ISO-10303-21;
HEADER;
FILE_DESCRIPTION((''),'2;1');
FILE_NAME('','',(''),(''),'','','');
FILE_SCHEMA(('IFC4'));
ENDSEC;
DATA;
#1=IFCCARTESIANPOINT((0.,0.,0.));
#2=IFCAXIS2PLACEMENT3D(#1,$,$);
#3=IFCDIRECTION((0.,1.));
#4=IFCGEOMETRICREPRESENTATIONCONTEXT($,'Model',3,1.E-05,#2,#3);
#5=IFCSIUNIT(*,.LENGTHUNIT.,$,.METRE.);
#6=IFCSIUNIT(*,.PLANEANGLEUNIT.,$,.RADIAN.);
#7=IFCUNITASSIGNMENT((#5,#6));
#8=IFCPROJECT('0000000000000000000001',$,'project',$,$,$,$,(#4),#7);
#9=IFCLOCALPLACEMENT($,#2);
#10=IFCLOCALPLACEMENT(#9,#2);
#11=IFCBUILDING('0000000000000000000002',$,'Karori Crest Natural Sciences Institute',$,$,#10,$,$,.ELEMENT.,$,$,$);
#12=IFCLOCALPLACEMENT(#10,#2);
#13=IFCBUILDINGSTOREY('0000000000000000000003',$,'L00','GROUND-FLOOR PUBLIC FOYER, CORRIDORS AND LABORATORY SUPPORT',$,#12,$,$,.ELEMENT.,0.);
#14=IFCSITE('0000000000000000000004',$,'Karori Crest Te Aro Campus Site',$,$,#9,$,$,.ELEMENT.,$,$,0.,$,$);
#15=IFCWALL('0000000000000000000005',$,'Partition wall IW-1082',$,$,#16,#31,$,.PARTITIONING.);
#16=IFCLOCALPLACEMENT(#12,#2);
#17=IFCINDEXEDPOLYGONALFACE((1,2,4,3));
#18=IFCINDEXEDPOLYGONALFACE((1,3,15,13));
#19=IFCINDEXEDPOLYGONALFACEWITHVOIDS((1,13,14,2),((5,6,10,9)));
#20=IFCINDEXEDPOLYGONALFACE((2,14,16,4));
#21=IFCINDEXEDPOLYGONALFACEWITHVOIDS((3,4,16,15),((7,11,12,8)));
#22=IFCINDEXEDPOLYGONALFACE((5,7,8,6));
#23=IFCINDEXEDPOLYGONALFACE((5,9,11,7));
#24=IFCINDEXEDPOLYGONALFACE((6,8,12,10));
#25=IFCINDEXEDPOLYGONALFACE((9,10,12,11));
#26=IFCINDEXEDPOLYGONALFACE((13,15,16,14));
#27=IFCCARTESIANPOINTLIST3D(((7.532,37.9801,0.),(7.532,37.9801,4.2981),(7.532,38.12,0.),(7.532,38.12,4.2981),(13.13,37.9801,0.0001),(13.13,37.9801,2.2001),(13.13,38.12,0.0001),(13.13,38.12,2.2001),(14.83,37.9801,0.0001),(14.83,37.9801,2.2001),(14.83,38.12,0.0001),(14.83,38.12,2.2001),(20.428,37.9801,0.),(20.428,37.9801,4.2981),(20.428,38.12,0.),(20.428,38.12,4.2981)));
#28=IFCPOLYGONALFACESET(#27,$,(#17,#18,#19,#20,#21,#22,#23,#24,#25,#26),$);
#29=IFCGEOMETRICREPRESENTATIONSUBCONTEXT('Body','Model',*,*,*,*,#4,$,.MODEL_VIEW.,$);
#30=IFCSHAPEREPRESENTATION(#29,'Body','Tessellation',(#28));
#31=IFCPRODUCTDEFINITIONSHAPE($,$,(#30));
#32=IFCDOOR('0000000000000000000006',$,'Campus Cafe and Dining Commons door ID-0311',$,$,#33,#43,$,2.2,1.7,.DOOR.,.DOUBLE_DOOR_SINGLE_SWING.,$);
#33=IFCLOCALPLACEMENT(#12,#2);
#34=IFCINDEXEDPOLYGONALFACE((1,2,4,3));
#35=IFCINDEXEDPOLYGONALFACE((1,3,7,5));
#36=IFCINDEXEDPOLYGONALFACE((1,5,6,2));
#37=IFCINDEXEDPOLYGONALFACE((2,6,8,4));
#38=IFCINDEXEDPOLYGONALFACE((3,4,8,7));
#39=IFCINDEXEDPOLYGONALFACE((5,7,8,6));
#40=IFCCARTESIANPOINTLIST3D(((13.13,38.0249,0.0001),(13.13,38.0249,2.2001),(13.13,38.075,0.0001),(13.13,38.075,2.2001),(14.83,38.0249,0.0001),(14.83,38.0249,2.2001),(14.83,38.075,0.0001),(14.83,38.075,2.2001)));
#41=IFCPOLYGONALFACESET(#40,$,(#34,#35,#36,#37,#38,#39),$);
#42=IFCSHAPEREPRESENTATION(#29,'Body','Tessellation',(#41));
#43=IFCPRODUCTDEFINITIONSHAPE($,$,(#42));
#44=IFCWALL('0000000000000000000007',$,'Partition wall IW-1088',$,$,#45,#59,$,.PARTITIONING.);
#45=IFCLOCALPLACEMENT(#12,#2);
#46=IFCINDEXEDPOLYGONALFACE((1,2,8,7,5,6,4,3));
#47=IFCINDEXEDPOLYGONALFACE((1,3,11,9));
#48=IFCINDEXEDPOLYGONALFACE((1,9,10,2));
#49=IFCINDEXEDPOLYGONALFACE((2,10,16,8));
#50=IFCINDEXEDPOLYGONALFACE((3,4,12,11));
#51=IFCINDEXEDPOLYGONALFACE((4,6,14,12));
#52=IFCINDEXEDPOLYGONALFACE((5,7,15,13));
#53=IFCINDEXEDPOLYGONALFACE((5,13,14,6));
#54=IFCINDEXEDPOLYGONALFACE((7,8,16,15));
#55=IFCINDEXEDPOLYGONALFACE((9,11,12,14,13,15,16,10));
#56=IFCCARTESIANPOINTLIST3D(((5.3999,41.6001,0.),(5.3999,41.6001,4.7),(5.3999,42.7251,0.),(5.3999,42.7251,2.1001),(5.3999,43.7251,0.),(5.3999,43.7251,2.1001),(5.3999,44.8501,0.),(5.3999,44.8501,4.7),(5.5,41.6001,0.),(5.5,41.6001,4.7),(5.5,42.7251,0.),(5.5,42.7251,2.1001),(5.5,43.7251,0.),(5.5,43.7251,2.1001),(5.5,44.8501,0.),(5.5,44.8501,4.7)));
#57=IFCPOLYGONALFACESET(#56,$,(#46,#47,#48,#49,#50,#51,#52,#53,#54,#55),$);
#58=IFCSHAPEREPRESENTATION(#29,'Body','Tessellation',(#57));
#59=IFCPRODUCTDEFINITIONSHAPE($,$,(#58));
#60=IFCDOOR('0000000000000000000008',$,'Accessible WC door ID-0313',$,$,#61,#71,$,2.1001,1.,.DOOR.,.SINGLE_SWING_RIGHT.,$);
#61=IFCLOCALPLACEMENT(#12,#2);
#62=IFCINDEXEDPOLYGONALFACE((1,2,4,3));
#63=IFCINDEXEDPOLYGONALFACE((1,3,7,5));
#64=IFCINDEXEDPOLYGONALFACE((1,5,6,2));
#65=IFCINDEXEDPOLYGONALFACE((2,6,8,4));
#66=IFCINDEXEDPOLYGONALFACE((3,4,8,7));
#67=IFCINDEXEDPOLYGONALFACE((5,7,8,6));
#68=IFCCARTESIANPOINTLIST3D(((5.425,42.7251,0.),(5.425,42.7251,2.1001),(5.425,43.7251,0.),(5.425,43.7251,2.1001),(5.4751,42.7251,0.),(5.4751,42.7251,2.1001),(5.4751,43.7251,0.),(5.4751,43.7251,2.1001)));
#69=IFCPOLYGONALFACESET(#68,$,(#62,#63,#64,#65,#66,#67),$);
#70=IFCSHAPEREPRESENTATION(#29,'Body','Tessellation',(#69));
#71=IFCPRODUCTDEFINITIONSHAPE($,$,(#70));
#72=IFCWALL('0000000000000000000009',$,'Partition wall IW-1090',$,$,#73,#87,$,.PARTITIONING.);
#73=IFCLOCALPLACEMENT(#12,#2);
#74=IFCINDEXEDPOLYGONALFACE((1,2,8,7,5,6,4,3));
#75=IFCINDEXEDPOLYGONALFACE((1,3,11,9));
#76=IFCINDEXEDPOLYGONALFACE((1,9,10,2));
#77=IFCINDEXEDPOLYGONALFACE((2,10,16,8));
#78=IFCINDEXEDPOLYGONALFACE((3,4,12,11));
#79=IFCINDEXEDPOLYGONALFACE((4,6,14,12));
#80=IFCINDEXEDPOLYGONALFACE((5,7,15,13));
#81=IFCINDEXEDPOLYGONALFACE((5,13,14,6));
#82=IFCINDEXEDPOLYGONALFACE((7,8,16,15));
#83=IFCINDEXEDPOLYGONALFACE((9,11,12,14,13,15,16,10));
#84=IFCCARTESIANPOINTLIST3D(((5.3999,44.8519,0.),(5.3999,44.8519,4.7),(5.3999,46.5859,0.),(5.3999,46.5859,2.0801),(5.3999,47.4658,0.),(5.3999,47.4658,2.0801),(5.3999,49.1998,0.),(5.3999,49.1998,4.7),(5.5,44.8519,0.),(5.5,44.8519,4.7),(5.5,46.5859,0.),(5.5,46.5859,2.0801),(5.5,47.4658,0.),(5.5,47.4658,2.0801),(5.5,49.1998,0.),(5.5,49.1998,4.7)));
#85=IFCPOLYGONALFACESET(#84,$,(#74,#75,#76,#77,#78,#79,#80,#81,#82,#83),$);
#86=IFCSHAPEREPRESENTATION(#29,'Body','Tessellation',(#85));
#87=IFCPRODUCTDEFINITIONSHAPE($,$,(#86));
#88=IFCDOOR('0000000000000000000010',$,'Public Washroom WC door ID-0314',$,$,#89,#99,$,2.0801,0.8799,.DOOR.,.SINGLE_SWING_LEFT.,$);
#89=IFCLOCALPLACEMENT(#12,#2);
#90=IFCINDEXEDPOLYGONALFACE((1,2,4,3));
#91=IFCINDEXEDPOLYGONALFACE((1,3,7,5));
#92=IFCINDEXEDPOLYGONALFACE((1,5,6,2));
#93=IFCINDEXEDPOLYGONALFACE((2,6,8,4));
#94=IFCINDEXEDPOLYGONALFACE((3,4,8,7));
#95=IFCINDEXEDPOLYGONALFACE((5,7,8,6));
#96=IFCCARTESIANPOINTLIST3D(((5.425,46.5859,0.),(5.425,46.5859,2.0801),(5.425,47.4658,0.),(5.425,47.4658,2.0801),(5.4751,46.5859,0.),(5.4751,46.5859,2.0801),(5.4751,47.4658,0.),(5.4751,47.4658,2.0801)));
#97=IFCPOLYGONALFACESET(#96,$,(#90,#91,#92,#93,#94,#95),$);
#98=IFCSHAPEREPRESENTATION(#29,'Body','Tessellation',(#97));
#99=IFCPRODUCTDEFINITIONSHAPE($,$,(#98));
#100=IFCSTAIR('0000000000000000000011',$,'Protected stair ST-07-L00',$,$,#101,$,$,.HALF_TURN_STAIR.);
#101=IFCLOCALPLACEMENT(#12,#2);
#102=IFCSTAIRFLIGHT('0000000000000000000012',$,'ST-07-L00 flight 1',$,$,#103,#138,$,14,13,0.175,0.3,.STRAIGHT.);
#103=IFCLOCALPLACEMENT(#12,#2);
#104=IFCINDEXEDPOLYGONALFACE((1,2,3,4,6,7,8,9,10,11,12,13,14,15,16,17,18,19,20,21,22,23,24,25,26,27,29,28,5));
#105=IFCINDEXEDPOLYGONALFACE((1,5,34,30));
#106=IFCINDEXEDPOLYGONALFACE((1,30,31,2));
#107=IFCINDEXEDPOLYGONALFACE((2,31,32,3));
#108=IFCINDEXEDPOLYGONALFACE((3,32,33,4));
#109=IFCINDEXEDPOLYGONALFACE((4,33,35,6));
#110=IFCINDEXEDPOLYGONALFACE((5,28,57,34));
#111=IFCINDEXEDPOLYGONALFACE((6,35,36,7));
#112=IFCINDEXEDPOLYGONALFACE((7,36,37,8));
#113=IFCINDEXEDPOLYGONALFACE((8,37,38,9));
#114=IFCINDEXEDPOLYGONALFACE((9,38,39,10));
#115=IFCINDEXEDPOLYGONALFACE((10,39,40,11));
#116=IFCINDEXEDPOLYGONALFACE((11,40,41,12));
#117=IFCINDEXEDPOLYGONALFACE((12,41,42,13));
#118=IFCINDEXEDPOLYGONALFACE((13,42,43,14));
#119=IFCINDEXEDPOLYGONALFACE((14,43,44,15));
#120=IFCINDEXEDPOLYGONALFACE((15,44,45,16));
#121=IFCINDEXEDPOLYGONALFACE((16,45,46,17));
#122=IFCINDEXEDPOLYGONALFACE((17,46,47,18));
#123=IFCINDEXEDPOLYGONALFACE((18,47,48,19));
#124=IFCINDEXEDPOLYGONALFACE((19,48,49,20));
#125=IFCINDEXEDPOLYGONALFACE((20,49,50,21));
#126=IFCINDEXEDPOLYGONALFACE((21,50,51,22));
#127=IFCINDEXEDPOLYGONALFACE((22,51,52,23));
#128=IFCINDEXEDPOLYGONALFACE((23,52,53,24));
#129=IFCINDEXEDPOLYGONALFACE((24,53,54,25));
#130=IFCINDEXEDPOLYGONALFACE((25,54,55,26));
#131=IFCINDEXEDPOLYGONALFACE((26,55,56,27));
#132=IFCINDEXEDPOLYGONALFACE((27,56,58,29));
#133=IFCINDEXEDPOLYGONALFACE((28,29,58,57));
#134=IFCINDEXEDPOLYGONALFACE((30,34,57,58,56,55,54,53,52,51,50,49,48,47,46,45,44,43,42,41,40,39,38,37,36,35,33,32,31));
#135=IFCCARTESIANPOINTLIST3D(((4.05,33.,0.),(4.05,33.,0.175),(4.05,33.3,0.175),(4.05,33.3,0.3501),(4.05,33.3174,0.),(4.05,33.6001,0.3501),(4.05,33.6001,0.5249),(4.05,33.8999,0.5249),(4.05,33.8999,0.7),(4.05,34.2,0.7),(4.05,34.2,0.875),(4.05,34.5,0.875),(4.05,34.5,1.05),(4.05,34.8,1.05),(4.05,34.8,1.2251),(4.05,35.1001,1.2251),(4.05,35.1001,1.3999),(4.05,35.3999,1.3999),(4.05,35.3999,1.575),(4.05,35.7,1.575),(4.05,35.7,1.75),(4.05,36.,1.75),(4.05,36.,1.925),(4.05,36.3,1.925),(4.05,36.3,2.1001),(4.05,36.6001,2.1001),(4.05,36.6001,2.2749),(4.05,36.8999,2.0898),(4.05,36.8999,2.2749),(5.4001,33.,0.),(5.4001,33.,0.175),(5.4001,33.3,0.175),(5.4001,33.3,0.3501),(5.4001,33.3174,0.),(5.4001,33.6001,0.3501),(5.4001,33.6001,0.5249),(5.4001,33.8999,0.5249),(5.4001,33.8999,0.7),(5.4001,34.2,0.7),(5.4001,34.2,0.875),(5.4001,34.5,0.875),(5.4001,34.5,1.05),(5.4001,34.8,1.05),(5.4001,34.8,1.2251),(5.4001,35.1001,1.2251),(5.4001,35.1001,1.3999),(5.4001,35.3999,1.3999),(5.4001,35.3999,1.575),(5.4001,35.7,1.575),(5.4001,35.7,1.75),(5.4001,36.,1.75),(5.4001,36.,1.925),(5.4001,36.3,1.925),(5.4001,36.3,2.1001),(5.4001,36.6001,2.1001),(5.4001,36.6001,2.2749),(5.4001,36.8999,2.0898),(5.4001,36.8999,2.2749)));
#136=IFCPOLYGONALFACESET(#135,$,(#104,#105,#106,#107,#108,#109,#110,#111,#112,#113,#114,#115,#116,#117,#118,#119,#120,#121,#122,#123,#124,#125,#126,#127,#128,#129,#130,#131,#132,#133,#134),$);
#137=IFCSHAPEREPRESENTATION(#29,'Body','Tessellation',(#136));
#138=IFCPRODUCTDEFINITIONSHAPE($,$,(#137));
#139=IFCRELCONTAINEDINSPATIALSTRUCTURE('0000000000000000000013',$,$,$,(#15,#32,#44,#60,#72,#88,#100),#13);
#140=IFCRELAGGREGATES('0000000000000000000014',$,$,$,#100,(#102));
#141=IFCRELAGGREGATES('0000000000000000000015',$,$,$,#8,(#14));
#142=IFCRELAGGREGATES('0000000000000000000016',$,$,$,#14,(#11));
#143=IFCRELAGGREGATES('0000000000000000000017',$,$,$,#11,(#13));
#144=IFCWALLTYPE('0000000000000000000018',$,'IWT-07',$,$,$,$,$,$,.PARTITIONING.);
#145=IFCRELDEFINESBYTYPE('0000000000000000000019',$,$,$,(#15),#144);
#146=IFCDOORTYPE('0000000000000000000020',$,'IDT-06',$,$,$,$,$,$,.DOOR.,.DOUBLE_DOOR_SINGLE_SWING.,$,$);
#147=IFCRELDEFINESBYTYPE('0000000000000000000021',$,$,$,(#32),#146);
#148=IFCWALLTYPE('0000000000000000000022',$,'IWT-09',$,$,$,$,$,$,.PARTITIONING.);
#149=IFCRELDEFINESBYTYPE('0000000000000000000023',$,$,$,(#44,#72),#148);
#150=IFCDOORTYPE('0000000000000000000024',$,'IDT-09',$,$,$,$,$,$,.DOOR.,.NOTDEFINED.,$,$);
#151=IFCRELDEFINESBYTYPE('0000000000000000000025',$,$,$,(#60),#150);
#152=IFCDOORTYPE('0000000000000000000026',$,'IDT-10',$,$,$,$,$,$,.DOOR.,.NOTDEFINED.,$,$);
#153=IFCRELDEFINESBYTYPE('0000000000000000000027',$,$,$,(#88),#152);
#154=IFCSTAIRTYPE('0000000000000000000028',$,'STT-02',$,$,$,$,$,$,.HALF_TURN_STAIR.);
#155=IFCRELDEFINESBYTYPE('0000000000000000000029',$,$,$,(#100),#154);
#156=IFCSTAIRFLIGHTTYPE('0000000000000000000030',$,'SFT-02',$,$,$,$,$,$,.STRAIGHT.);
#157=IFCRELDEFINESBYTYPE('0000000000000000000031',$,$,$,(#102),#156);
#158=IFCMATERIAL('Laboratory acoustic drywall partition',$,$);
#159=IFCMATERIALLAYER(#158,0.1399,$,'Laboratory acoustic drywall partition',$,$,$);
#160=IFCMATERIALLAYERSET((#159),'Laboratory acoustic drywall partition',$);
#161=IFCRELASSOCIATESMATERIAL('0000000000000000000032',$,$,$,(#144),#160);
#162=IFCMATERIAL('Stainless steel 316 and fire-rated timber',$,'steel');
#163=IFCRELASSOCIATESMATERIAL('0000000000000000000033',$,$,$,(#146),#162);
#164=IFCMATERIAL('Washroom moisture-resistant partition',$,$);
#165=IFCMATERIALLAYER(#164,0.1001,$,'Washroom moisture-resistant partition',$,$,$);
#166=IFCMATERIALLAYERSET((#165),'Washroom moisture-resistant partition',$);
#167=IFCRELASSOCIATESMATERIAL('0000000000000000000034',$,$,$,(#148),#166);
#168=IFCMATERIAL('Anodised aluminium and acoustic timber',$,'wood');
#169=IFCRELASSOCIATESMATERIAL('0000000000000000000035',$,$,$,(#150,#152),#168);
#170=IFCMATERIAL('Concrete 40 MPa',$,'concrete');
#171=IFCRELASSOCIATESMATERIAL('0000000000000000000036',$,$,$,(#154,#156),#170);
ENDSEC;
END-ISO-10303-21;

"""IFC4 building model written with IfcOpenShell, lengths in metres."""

from ifc_helpers import new_model, si_unit, direction, frame, frame_2d, origin, place, context, subcontext, project, spatial, polyline, rectangle, outline, extrude, material, layer, layer_set, type_object, element, fill, aggregate, save


model = new_model("IFC4")

# Units and contexts
model_context = context("Model", 3, precision=1e-05, world=origin(), true_north=direction((0.0, 1.0)))
body_context = subcontext(model_context, "Body", "Model", "MODEL_VIEW")
ifc_project = project(units=[si_unit("LENGTHUNIT", "METRE"), si_unit("PLANEANGLEUNIT", "RADIAN")], contexts=[model_context])

# Site, building, storey
site_placement = place(None, origin())
site = spatial("IfcSite", under=ifc_project, at=site_placement, Name="Karori Crest Te Aro Campus Site", CompositionType="ELEMENT", RefElevation=0.0)
building_placement = place(site_placement, origin())
building = spatial("IfcBuilding", under=site, at=building_placement, Name="Karori Crest Natural Sciences Institute", CompositionType="ELEMENT")
storey_placement = place(building_placement, origin())
storey = spatial("IfcBuildingStorey", under=building, at=storey_placement, Name="L00", Description="GROUND-FLOOR PUBLIC FOYER, CORRIDORS AND LABORATORY SUPPORT", CompositionType="ELEMENT", Elevation=0.0)

# Walls, openings, doors
ifc_material_1 = material(Name="Stainless steel 316 and fire-rated timber", Category="steel")
ifc_material_2 = material(Name="Laboratory acoustic drywall partition")
ifc_layer_1 = layer(ifc_material_2, 0.1399, Name="Laboratory acoustic drywall partition")
ifc_layer_set_1 = layer_set([ifc_layer_1], Name="Laboratory acoustic drywall partition")
wall_type_1 = type_object("IfcWallType", Name="IWT-07", PredefinedType="PARTITIONING", material=ifc_layer_set_1)
wall_1_placement = place(storey_placement, frame((7.532, 38.05, 0.0), z_axis=(0.0, 0.0, 1.0), x_axis=(1.0, 0.0, 0.0)))
wall_1 = element("IfcWall", 1, at=wall_1_placement, inside=storey, type_object=wall_type_1, Name="Partition wall IW-1082", PredefinedType="PARTITIONING", context=body_context, shape_type="SweptSolid", body=[
    extrude(rectangle(XDim=12.896, YDim=0.1399, at=frame_2d((6.448, 0.0))), origin(), (0.0, 0.0, 1.0), 4.2981),
])
opening_1_placement = place(wall_1_placement, frame((5.5979, 0.0, 0.0)))
opening_1 = element("IfcOpeningElement", 2, at=opening_1_placement, cuts=wall_1, PredefinedType="OPENING", context=body_context, shape_type="SweptSolid", body=[
    extrude(rectangle(XDim=1.7, YDim=2.2, at=frame_2d((0.8501, 1.1001))), frame((0.0, 0.0801, 0.0), z_axis=(0.0, -1.0, 0.0), x_axis=(1.0, 0.0, 0.0)), (0.0, 0.0, 1.0), 0.1599),
])
door_type_1 = type_object("IfcDoorType", Name="IDT-06", OperationType="DOUBLE_DOOR_SINGLE_SWING", PredefinedType="DOOR", material=ifc_material_1)
door_1_placement = place(opening_1_placement, origin())
door_1 = element("IfcDoor", 3, at=door_1_placement, inside=storey, type_object=door_type_1, Name="Campus Cafe and Dining Commons door ID-0311", OperationType="DOUBLE_DOOR_SINGLE_SWING", OverallHeight=2.2, OverallWidth=1.7, PredefinedType="DOOR", context=body_context, shape_type="SweptSolid", body=[
    extrude(rectangle(XDim=1.7, YDim=2.2, at=frame_2d((0.8501, 1.1001))), frame((0.0, 0.0249, 0.0), z_axis=(0.0, -1.0, 0.0), x_axis=(1.0, 0.0, 0.0)), (0.0, 0.0, 1.0), 0.05),
])
fill(opening_1, door_1)
ifc_material_3 = material(Name="Washroom moisture-resistant partition")
ifc_layer_2 = layer(ifc_material_3, 0.1001, Name="Washroom moisture-resistant partition")
ifc_layer_set_2 = layer_set([ifc_layer_2], Name="Washroom moisture-resistant partition")
wall_type_2 = type_object("IfcWallType", Name="IWT-09", PredefinedType="PARTITIONING", material=ifc_layer_set_2)
wall_2_placement = place(storey_placement, frame((5.45, 41.6001, 0.0), z_axis=(0.0, 0.0, 1.0), x_axis=(0.0, 1.0, 0.0)))
wall_2 = element("IfcWall", 4, at=wall_2_placement, inside=storey, type_object=wall_type_2, Name="Partition wall IW-1088", PredefinedType="PARTITIONING", context=body_context, shape_type="SweptSolid", body=[
    extrude(rectangle(XDim=3.25, YDim=0.1001, at=frame_2d((1.625, 0.0))), origin(), (0.0, 0.0, 1.0), 4.7),
])
opening_2_placement = place(wall_2_placement, frame((1.125, 0.0, 0.0)))
opening_2 = element("IfcOpeningElement", 5, at=opening_2_placement, cuts=wall_2, PredefinedType="OPENING", context=body_context, shape_type="SweptSolid", body=[
    extrude(rectangle(XDim=1.0, YDim=2.1001, at=frame_2d((0.5, 1.05))), frame((0.0, 0.0601, 0.0), z_axis=(0.0, -1.0, 0.0), x_axis=(1.0, 0.0, 0.0)), (0.0, 0.0, 1.0), 0.1201),
])
ifc_material_4 = material(Name="Anodised aluminium and acoustic timber", Category="wood")
door_type_2 = type_object("IfcDoorType", Name="IDT-09", OperationType="NOTDEFINED", PredefinedType="DOOR", material=ifc_material_4)
door_2_placement = place(opening_2_placement, origin())
door_2 = element("IfcDoor", 6, at=door_2_placement, inside=storey, type_object=door_type_2, Name="Accessible WC door ID-0313", OperationType="SINGLE_SWING_RIGHT", OverallHeight=2.1001, OverallWidth=1.0, PredefinedType="DOOR", context=body_context, shape_type="SweptSolid", body=[
    extrude(rectangle(XDim=1.0, YDim=2.1001, at=frame_2d((0.5, 1.05))), frame((0.0, 0.0249, 0.0), z_axis=(0.0, -1.0, 0.0), x_axis=(1.0, 0.0, 0.0)), (0.0, 0.0, 1.0), 0.05),
])
fill(opening_2, door_2)
wall_3_placement = place(storey_placement, frame((5.45, 44.8521, 0.0), z_axis=(0.0, 0.0, 1.0), x_axis=(0.0, 1.0, 0.0)))
wall_3 = element("IfcWall", 7, at=wall_3_placement, inside=storey, type_object=wall_type_2, Name="Partition wall IW-1090", PredefinedType="PARTITIONING", context=body_context, shape_type="SweptSolid", body=[
    extrude(rectangle(XDim=4.3479, YDim=0.1001, at=frame_2d((2.1738, 0.0))), origin(), (0.0, 0.0, 1.0), 4.7),
])
opening_3_placement = place(wall_3_placement, frame((1.7339, 0.0, 0.0)))
opening_3 = element("IfcOpeningElement", 8, at=opening_3_placement, cuts=wall_3, PredefinedType="OPENING", context=body_context, shape_type="SweptSolid", body=[
    extrude(rectangle(XDim=0.8799, YDim=2.0801, at=frame_2d((0.4399, 1.04))), frame((0.0, 0.0601, 0.0), z_axis=(0.0, -1.0, 0.0), x_axis=(1.0, 0.0, 0.0)), (0.0, 0.0, 1.0), 0.1201),
])
door_type_3 = type_object("IfcDoorType", Name="IDT-10", OperationType="NOTDEFINED", PredefinedType="DOOR", material=ifc_material_4)
door_3_placement = place(opening_3_placement, origin())
door_3 = element("IfcDoor", 9, at=door_3_placement, inside=storey, type_object=door_type_3, Name="Public Washroom WC door ID-0314", OperationType="SINGLE_SWING_LEFT", OverallHeight=2.0801, OverallWidth=0.8799, PredefinedType="DOOR", context=body_context, shape_type="SweptSolid", body=[
    extrude(rectangle(XDim=0.8799, YDim=2.0801, at=frame_2d((0.4399, 1.04))), frame((0.0, 0.0249, 0.0), z_axis=(0.0, -1.0, 0.0), x_axis=(1.0, 0.0, 0.0)), (0.0, 0.0, 1.0), 0.05),
])
fill(opening_3, door_3)

# Stair, stair flight
ifc_material_5 = material(Name="Concrete 40 MPa", Category="concrete")
stair_type = type_object("IfcStairType", Name="STT-02", PredefinedType="HALF_TURN_STAIR", material=ifc_material_5)
stair_placement = place(storey_placement, origin())
stair = element("IfcStair", 10, at=stair_placement, inside=storey, type_object=stair_type, Name="Protected stair ST-07-L00", PredefinedType="HALF_TURN_STAIR")
stair_flight_type = type_object("IfcStairFlightType", Name="SFT-02", PredefinedType="STRAIGHT", material=ifc_material_5)
stair_flight_1_placement = place(storey_placement, frame((4.7251, 33.0, 0.0), z_axis=(0.0, 0.0, 1.0), x_axis=(0.0, 1.0, 0.0)))
stair_flight_1 = element("IfcStairFlight", 11, at=stair_flight_1_placement, type_object=stair_flight_type, Name="ST-07-L00 flight 1", NumberOfRisers=14, NumberOfTreads=13, PredefinedType="STRAIGHT", RiserHeight=0.175, TreadLength=0.3, context=body_context, shape_type="SweptSolid", body=[
    extrude(outline(polyline([(0.0, 0.0), (0.0, 0.175), (0.3, 0.175), (0.3, 0.3501), (0.6001, 0.3501), (0.6001, 0.5249), (0.8999, 0.5249), (0.8999, 0.7), (1.2, 0.7), (1.2, 0.875), (1.5, 0.875), (1.5, 1.05), (1.8, 1.05), (1.8, 1.2251), (2.1001, 1.2251), (2.1001, 1.3999), (2.3999, 1.3999), (2.3999, 1.575), (2.7, 1.575), (2.7, 1.75), (3.0, 1.75), (3.0, 1.925), (3.3, 1.925), (3.3, 2.1001), (3.6001, 2.1001), (3.6001, 2.2749), (3.8999, 2.2749), (3.8999, 2.45), (3.8999, 2.0898), (0.3174, 0.0), (0.0, 0.0)])), frame((0.0, 0.675, 0.0), z_axis=(0.0, -1.0, 0.0), x_axis=(1.0, 0.0, 0.0)), (0.0, 0.0, 1.0), 1.3501),
])
aggregate(stair, [stair_flight_1])

save(model, "model.ifc")
